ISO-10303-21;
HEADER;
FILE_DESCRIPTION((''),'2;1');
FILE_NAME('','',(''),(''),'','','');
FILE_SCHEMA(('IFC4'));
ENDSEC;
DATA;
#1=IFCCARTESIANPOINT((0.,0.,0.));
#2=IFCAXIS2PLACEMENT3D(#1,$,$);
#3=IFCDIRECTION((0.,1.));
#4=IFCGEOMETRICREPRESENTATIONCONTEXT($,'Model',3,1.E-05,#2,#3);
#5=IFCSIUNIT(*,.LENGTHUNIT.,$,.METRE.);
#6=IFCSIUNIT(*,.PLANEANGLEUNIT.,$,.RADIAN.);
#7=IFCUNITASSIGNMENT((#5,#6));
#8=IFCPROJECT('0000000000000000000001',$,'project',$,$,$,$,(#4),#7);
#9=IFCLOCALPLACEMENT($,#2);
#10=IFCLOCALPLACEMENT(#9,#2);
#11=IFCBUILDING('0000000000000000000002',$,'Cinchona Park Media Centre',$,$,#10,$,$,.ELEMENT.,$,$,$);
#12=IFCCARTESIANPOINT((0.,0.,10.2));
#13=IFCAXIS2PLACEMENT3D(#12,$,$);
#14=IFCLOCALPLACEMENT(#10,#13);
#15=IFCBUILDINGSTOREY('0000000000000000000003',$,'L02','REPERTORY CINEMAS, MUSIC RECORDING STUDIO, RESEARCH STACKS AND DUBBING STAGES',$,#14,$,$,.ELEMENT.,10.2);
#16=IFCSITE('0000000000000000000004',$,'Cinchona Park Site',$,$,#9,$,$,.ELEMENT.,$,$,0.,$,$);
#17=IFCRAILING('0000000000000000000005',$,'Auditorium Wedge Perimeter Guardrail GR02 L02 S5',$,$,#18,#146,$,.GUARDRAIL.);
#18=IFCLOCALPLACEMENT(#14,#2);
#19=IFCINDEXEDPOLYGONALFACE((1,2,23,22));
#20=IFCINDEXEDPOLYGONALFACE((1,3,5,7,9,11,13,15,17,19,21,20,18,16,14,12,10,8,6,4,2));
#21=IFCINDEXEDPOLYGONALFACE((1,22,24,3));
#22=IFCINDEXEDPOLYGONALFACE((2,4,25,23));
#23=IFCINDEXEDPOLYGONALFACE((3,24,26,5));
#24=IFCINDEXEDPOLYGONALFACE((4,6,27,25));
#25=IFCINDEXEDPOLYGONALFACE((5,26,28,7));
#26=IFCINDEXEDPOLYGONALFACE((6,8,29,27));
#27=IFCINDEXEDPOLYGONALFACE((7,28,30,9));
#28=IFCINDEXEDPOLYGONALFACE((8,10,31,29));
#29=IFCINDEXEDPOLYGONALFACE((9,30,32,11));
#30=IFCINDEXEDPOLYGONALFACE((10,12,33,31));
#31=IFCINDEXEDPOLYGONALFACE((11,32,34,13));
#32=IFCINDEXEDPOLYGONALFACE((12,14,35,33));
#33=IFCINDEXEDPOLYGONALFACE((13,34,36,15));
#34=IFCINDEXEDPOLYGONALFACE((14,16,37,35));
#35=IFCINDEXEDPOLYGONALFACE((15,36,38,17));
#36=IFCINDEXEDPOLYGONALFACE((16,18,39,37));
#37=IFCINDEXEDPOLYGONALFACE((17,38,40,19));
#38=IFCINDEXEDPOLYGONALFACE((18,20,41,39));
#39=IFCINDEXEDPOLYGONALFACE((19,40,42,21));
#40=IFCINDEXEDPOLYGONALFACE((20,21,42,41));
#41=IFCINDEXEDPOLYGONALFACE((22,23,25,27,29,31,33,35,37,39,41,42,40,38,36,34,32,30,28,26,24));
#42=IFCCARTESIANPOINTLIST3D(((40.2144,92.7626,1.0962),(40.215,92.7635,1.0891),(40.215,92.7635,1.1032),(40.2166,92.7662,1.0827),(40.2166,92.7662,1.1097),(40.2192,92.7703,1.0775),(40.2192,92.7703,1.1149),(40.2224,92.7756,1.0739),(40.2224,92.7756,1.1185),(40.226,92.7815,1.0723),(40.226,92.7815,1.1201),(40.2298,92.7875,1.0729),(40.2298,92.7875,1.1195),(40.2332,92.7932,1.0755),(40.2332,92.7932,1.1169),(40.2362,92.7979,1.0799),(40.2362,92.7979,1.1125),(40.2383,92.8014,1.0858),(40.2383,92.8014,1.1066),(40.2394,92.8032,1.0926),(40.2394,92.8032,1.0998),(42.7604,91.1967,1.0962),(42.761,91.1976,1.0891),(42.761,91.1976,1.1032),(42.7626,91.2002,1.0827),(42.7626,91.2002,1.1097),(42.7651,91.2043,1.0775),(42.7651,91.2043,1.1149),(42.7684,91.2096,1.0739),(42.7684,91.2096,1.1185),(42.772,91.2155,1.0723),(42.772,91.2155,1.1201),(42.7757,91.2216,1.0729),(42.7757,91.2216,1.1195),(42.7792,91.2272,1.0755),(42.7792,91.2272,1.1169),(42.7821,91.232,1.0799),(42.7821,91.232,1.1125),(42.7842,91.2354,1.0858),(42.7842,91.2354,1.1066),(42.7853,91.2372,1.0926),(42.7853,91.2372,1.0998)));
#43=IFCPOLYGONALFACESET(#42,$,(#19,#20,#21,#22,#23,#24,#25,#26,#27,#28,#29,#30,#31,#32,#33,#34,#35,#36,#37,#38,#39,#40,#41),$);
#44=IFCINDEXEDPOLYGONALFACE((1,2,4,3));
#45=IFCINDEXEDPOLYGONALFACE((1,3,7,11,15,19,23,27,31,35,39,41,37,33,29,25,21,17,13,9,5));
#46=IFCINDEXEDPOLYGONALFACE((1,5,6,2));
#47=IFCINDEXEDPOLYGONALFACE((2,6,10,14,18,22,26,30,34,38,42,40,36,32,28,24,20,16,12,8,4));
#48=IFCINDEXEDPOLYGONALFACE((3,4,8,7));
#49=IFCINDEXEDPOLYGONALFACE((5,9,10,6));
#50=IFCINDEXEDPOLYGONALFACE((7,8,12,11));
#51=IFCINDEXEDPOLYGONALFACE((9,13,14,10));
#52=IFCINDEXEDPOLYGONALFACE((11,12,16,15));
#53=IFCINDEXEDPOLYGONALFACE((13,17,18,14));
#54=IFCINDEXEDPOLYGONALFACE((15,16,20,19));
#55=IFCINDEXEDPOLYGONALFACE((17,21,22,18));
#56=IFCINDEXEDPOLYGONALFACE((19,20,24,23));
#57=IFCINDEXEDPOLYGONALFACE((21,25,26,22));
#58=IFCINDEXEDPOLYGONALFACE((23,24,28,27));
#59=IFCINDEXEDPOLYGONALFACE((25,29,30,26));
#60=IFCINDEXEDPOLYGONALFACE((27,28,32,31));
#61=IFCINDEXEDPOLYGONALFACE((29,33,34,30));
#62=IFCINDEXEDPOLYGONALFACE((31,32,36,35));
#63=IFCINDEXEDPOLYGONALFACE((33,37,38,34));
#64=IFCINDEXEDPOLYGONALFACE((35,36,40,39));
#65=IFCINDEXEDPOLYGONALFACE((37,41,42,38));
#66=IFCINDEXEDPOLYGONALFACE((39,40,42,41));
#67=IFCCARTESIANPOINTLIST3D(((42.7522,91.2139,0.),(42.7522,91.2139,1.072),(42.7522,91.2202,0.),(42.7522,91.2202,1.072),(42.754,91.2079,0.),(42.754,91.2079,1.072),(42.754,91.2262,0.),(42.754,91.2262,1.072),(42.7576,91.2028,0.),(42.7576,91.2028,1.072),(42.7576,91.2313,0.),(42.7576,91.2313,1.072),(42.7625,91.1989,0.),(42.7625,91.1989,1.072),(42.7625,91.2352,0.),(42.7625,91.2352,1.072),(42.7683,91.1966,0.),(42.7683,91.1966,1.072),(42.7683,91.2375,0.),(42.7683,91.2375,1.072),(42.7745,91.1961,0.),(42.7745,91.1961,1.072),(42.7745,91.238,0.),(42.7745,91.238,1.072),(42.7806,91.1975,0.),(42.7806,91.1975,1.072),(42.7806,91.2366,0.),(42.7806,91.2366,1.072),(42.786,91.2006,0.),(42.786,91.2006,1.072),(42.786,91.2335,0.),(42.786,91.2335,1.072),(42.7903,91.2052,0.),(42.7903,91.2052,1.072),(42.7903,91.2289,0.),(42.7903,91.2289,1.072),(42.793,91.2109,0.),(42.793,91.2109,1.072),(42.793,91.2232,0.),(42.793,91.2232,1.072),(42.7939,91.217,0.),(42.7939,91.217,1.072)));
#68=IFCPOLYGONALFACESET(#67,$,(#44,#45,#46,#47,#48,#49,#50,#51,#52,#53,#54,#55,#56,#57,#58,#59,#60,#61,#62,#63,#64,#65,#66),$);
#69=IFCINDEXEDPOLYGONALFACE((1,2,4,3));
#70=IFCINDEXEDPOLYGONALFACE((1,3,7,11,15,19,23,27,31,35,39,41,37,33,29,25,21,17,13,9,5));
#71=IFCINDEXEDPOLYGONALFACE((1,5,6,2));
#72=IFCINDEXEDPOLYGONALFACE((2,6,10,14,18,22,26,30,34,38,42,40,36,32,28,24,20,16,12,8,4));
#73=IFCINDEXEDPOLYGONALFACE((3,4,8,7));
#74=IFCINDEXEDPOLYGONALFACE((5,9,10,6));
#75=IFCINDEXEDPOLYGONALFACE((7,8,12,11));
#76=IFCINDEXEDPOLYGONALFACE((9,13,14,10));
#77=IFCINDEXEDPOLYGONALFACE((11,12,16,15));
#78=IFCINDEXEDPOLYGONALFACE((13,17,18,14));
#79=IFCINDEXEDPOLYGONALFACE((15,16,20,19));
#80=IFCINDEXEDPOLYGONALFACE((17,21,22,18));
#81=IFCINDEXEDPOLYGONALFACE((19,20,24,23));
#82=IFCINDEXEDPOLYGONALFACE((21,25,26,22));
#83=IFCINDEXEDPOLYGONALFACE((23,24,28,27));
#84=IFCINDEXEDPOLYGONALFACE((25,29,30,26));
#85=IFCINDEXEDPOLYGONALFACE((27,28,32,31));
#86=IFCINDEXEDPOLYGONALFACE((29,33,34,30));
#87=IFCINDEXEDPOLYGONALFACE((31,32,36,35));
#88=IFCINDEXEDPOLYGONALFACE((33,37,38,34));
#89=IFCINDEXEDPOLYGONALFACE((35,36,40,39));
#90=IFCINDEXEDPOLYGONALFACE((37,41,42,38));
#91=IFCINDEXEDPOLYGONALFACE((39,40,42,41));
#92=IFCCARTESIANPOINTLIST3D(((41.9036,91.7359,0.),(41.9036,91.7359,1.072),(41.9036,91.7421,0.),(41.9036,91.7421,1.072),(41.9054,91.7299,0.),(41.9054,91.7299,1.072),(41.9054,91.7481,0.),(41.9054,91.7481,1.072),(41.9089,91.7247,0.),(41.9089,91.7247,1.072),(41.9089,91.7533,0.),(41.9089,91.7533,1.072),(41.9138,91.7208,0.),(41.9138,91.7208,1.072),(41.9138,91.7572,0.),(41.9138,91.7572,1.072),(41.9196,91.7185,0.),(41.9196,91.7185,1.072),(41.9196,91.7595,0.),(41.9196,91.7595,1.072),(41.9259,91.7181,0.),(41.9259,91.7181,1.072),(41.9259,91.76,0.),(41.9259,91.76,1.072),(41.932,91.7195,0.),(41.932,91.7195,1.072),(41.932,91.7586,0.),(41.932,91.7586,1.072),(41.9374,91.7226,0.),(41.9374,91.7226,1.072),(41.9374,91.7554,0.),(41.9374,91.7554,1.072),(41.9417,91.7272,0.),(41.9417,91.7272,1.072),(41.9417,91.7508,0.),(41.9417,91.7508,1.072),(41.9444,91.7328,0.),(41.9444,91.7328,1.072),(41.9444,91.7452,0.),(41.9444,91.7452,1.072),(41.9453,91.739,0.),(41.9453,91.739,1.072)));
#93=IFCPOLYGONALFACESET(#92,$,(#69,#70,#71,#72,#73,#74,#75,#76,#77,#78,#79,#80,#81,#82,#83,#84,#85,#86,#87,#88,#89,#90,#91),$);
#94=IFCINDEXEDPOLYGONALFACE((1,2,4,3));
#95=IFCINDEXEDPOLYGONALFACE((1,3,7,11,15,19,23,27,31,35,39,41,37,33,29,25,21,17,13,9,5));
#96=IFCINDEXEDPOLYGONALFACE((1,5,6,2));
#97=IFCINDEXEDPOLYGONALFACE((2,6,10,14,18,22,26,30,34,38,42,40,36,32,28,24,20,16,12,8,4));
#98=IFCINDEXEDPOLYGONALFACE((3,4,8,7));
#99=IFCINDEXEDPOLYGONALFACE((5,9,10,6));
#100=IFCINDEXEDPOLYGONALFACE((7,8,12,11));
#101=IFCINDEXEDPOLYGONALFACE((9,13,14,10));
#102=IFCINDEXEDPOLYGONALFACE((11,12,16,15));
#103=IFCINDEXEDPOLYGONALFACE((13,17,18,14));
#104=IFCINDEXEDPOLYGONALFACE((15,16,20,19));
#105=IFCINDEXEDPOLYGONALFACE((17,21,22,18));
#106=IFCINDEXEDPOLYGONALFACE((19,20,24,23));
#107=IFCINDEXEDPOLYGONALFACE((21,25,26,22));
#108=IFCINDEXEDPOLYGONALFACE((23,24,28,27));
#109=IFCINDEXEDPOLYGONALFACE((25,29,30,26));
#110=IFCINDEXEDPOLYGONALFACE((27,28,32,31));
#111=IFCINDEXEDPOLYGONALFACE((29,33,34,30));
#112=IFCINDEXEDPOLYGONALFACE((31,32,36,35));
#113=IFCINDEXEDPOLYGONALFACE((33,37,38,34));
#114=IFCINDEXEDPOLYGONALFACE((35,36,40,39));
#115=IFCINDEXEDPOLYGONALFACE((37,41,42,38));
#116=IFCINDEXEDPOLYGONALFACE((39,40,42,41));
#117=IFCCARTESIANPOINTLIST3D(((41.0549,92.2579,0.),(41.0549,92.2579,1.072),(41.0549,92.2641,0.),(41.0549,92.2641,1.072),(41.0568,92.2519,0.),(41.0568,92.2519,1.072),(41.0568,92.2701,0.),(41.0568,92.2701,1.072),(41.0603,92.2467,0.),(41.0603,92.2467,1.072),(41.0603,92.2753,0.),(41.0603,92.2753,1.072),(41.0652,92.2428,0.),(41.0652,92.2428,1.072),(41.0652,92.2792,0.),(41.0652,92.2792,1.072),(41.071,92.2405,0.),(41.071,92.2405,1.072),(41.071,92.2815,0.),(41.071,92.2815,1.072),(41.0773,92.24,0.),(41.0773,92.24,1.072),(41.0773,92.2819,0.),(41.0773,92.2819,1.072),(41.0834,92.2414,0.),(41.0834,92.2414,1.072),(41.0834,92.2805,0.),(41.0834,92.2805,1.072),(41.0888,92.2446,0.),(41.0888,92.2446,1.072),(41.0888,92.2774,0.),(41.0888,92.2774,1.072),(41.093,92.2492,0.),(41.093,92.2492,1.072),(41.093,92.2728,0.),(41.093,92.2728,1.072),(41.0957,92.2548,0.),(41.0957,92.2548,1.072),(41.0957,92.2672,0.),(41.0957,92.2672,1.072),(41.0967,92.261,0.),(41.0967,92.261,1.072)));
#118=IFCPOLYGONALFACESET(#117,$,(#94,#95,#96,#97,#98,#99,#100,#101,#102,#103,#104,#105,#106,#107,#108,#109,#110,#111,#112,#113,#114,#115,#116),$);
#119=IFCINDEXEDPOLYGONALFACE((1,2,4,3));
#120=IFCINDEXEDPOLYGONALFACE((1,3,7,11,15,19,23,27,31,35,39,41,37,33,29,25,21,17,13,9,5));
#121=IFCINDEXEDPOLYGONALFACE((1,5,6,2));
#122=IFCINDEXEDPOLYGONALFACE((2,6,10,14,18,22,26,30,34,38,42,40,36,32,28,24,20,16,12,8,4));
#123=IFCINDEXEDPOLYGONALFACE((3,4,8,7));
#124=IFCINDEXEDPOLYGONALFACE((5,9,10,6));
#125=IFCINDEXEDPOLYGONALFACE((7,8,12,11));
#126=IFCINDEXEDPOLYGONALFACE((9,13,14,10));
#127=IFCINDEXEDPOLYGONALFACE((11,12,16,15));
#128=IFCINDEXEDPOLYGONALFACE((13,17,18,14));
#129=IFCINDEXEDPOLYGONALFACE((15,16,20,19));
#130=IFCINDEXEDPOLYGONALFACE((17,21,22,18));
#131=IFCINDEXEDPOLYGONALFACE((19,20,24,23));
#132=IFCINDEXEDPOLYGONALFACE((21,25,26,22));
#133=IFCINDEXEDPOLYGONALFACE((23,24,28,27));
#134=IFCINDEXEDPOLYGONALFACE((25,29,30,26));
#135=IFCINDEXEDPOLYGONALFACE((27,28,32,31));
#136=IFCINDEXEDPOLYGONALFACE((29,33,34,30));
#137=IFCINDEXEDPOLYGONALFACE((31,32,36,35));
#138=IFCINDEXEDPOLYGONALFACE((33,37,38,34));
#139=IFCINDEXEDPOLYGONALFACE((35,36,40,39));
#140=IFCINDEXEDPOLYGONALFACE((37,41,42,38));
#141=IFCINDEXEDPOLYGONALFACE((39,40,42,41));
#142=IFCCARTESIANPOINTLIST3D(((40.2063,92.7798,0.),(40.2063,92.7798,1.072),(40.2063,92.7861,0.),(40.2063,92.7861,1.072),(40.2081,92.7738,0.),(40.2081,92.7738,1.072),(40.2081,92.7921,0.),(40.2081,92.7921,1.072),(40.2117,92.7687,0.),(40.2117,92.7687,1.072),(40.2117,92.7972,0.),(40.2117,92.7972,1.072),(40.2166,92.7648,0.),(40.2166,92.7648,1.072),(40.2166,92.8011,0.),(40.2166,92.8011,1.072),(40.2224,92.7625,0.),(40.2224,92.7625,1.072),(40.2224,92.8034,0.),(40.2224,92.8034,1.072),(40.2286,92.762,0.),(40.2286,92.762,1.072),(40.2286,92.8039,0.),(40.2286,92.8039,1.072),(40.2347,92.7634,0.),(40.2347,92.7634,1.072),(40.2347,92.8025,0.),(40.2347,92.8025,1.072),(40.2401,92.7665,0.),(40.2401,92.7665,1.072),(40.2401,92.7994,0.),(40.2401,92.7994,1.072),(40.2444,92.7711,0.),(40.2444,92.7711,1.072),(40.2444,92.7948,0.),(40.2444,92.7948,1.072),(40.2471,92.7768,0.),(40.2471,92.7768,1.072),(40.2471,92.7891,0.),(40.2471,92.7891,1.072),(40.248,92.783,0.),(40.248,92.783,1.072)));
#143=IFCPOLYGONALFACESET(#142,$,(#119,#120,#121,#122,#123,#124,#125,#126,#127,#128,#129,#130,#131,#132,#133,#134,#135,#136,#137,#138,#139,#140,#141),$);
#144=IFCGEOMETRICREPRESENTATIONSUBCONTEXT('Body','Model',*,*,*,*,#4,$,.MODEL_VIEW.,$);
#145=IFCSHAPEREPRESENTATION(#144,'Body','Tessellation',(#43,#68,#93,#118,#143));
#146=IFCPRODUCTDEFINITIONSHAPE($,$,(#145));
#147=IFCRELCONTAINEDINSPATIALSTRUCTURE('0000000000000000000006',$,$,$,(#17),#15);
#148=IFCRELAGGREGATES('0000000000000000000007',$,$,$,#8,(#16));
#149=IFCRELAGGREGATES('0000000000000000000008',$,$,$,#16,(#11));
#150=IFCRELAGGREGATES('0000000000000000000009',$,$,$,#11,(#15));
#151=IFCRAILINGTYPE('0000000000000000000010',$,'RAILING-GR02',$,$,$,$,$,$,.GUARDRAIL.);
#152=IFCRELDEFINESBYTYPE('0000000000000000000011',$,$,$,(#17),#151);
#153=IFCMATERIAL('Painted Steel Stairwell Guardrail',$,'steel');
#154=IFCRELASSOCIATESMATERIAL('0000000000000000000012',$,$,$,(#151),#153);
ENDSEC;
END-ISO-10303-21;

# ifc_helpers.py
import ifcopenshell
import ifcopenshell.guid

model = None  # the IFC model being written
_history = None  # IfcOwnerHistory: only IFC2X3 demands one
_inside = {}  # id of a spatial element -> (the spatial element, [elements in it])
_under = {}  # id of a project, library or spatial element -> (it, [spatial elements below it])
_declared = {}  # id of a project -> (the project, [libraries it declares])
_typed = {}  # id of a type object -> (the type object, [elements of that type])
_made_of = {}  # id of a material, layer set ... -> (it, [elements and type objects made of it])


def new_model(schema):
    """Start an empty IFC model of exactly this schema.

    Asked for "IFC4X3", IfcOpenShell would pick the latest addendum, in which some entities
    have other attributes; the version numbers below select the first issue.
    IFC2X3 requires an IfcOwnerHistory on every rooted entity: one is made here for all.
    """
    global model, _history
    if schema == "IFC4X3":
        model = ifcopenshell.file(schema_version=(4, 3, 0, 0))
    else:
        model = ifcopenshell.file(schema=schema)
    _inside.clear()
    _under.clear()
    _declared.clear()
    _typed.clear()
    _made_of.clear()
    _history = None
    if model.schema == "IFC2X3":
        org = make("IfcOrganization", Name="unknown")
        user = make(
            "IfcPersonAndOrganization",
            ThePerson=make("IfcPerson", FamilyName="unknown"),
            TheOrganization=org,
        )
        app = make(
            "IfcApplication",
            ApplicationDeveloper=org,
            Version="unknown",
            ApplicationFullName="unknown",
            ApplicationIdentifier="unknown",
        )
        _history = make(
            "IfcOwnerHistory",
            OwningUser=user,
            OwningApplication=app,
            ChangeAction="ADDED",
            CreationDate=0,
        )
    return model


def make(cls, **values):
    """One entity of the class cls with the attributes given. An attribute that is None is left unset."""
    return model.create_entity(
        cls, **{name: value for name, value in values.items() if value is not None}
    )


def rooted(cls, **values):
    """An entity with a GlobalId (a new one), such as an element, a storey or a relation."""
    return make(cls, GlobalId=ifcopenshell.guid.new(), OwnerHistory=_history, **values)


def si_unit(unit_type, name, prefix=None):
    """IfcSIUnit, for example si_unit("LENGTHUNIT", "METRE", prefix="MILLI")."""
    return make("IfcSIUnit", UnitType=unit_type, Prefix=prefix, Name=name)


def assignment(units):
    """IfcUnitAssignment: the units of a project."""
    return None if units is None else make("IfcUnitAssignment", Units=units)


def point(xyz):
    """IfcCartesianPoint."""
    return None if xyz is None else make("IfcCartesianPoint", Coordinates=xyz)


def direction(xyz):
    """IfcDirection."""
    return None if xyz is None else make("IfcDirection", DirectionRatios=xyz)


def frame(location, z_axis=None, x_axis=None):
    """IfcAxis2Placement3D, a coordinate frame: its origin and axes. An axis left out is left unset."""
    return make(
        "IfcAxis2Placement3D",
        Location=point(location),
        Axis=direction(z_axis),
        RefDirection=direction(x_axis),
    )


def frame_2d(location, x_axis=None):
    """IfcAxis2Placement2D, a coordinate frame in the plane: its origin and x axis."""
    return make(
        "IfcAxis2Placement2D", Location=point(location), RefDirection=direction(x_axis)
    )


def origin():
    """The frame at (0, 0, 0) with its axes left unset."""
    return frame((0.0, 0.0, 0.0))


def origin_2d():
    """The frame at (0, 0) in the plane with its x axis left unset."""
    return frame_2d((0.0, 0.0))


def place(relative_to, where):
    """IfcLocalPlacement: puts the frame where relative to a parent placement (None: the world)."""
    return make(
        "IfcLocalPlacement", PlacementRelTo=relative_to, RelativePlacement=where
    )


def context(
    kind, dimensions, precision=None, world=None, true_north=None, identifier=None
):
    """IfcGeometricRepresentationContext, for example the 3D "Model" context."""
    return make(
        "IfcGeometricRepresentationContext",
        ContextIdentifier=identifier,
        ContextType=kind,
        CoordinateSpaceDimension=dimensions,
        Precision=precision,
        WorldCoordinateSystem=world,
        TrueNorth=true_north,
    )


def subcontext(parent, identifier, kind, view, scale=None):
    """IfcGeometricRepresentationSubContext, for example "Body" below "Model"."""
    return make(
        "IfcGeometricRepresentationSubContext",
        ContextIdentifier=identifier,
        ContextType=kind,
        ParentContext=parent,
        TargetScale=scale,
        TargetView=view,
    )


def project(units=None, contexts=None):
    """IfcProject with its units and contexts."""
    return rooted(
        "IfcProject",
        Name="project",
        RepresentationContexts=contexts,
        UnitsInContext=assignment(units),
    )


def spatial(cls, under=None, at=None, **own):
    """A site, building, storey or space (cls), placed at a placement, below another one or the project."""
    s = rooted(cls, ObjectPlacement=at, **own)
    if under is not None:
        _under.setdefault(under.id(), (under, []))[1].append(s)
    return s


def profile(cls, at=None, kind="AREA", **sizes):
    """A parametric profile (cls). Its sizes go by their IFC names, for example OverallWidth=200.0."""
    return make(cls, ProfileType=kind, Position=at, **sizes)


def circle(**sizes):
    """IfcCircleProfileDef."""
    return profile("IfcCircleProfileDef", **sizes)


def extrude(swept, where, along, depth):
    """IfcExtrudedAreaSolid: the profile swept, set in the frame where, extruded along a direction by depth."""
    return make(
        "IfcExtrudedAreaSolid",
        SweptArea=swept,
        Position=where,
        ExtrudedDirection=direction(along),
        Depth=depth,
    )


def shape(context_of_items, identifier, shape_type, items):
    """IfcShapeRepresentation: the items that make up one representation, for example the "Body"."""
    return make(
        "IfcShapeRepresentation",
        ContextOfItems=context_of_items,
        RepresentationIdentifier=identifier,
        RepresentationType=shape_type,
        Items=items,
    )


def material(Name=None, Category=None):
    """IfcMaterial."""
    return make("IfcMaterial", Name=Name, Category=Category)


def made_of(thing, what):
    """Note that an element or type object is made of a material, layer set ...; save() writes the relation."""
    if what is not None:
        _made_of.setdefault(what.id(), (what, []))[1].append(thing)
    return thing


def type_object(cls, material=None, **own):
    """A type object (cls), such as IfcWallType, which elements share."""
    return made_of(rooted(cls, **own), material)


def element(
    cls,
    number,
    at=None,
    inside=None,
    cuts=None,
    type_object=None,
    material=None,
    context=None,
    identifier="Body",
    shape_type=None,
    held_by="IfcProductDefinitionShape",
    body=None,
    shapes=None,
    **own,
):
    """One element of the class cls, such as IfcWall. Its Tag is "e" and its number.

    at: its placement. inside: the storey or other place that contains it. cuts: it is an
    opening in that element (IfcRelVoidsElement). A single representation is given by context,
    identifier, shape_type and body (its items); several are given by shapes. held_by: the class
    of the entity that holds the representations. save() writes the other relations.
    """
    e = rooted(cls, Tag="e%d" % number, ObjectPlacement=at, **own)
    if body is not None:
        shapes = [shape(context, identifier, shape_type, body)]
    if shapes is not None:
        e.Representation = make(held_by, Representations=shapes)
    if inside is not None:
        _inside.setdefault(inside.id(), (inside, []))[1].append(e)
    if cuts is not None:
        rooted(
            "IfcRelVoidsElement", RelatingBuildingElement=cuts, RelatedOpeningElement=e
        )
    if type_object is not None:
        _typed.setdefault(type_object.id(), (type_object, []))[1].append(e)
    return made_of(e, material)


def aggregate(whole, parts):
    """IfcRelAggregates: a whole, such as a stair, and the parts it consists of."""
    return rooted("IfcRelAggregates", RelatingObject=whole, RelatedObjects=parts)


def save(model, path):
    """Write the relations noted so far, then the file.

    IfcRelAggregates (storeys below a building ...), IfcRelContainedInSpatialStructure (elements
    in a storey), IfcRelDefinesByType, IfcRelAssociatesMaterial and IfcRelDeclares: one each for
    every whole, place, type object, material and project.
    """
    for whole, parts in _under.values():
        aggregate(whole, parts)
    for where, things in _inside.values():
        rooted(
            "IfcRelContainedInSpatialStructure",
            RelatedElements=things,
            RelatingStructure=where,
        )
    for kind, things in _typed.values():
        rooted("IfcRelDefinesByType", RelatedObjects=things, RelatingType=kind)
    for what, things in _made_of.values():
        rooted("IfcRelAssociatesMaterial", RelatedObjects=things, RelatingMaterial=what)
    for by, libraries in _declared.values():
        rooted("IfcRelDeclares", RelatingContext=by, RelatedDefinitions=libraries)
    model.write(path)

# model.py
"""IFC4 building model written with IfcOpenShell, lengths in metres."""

from ifc_helpers import new_model, si_unit, direction, frame, origin, origin_2d, place, context, subcontext, project, spatial, circle, extrude, material, type_object, element, save


model = new_model("IFC4")

# Units and contexts
model_context = context("Model", 3, precision=1e-05, world=origin(), true_north=direction((0.0, 1.0)))
body_context = subcontext(model_context, "Body", "Model", "MODEL_VIEW")
ifc_project = project(units=[si_unit("LENGTHUNIT", "METRE"), si_unit("PLANEANGLEUNIT", "RADIAN")], contexts=[model_context])

# Site, building, storey
site_placement = place(None, origin())
site = spatial("IfcSite", under=ifc_project, at=site_placement, Name="Cinchona Park Site", CompositionType="ELEMENT", RefElevation=0.0)
building_placement = place(site_placement, origin())
building = spatial("IfcBuilding", under=site, at=building_placement, Name="Cinchona Park Media Centre", CompositionType="ELEMENT")
storey_placement = place(building_placement, frame((0.0, 0.0, 10.2)))
storey = spatial("IfcBuildingStorey", under=building, at=storey_placement, Name="L02", Description="REPERTORY CINEMAS, MUSIC RECORDING STUDIO, RESEARCH STACKS AND DUBBING STAGES", CompositionType="ELEMENT", Elevation=10.2)

# Railing
ifc_material_1 = material(Name="Painted Steel Stairwell Guardrail", Category="steel")
railing_type_1 = type_object("IfcRailingType", Name="RAILING-GR02", PredefinedType="GUARDRAIL", material=ifc_material_1)
railing_1_placement = place(storey_placement, frame((42.7729, 91.217, 0.0)))
element("IfcRailing", 1, at=railing_1_placement, inside=storey, type_object=railing_type_1, Name="Auditorium Wedge Perimeter Guardrail GR02 L02 S5", PredefinedType="GUARDRAIL", context=body_context, shape_type="SweptSolid", body=[
    extrude(circle(Radius=0.0239, at=origin_2d()), frame((0.0, 0.0, 1.0962), z_axis=(-0.851776, 0.523906, 0.0), x_axis=(-0.523906, -0.851776, 0.0)), (0.0, 0.0, 1.0), 2.989),
    extrude(circle(Radius=0.021, at=origin_2d()), origin(), (0.0, 0.0, 1.0), 1.072),
    extrude(circle(Radius=0.021, at=origin_2d()), frame((-0.8486, 0.522, 0.0)), (0.0, 0.0, 1.0), 1.072),
    extrude(circle(Radius=0.021, at=origin_2d()), frame((-1.6973, 1.0439, 0.0)), (0.0, 0.0, 1.0), 1.072),
    extrude(circle(Radius=0.021, at=origin_2d()), frame((-2.5459, 1.5659, 0.0)), (0.0, 0.0, 1.0), 1.072),
])

save(model, "model.ifc")
